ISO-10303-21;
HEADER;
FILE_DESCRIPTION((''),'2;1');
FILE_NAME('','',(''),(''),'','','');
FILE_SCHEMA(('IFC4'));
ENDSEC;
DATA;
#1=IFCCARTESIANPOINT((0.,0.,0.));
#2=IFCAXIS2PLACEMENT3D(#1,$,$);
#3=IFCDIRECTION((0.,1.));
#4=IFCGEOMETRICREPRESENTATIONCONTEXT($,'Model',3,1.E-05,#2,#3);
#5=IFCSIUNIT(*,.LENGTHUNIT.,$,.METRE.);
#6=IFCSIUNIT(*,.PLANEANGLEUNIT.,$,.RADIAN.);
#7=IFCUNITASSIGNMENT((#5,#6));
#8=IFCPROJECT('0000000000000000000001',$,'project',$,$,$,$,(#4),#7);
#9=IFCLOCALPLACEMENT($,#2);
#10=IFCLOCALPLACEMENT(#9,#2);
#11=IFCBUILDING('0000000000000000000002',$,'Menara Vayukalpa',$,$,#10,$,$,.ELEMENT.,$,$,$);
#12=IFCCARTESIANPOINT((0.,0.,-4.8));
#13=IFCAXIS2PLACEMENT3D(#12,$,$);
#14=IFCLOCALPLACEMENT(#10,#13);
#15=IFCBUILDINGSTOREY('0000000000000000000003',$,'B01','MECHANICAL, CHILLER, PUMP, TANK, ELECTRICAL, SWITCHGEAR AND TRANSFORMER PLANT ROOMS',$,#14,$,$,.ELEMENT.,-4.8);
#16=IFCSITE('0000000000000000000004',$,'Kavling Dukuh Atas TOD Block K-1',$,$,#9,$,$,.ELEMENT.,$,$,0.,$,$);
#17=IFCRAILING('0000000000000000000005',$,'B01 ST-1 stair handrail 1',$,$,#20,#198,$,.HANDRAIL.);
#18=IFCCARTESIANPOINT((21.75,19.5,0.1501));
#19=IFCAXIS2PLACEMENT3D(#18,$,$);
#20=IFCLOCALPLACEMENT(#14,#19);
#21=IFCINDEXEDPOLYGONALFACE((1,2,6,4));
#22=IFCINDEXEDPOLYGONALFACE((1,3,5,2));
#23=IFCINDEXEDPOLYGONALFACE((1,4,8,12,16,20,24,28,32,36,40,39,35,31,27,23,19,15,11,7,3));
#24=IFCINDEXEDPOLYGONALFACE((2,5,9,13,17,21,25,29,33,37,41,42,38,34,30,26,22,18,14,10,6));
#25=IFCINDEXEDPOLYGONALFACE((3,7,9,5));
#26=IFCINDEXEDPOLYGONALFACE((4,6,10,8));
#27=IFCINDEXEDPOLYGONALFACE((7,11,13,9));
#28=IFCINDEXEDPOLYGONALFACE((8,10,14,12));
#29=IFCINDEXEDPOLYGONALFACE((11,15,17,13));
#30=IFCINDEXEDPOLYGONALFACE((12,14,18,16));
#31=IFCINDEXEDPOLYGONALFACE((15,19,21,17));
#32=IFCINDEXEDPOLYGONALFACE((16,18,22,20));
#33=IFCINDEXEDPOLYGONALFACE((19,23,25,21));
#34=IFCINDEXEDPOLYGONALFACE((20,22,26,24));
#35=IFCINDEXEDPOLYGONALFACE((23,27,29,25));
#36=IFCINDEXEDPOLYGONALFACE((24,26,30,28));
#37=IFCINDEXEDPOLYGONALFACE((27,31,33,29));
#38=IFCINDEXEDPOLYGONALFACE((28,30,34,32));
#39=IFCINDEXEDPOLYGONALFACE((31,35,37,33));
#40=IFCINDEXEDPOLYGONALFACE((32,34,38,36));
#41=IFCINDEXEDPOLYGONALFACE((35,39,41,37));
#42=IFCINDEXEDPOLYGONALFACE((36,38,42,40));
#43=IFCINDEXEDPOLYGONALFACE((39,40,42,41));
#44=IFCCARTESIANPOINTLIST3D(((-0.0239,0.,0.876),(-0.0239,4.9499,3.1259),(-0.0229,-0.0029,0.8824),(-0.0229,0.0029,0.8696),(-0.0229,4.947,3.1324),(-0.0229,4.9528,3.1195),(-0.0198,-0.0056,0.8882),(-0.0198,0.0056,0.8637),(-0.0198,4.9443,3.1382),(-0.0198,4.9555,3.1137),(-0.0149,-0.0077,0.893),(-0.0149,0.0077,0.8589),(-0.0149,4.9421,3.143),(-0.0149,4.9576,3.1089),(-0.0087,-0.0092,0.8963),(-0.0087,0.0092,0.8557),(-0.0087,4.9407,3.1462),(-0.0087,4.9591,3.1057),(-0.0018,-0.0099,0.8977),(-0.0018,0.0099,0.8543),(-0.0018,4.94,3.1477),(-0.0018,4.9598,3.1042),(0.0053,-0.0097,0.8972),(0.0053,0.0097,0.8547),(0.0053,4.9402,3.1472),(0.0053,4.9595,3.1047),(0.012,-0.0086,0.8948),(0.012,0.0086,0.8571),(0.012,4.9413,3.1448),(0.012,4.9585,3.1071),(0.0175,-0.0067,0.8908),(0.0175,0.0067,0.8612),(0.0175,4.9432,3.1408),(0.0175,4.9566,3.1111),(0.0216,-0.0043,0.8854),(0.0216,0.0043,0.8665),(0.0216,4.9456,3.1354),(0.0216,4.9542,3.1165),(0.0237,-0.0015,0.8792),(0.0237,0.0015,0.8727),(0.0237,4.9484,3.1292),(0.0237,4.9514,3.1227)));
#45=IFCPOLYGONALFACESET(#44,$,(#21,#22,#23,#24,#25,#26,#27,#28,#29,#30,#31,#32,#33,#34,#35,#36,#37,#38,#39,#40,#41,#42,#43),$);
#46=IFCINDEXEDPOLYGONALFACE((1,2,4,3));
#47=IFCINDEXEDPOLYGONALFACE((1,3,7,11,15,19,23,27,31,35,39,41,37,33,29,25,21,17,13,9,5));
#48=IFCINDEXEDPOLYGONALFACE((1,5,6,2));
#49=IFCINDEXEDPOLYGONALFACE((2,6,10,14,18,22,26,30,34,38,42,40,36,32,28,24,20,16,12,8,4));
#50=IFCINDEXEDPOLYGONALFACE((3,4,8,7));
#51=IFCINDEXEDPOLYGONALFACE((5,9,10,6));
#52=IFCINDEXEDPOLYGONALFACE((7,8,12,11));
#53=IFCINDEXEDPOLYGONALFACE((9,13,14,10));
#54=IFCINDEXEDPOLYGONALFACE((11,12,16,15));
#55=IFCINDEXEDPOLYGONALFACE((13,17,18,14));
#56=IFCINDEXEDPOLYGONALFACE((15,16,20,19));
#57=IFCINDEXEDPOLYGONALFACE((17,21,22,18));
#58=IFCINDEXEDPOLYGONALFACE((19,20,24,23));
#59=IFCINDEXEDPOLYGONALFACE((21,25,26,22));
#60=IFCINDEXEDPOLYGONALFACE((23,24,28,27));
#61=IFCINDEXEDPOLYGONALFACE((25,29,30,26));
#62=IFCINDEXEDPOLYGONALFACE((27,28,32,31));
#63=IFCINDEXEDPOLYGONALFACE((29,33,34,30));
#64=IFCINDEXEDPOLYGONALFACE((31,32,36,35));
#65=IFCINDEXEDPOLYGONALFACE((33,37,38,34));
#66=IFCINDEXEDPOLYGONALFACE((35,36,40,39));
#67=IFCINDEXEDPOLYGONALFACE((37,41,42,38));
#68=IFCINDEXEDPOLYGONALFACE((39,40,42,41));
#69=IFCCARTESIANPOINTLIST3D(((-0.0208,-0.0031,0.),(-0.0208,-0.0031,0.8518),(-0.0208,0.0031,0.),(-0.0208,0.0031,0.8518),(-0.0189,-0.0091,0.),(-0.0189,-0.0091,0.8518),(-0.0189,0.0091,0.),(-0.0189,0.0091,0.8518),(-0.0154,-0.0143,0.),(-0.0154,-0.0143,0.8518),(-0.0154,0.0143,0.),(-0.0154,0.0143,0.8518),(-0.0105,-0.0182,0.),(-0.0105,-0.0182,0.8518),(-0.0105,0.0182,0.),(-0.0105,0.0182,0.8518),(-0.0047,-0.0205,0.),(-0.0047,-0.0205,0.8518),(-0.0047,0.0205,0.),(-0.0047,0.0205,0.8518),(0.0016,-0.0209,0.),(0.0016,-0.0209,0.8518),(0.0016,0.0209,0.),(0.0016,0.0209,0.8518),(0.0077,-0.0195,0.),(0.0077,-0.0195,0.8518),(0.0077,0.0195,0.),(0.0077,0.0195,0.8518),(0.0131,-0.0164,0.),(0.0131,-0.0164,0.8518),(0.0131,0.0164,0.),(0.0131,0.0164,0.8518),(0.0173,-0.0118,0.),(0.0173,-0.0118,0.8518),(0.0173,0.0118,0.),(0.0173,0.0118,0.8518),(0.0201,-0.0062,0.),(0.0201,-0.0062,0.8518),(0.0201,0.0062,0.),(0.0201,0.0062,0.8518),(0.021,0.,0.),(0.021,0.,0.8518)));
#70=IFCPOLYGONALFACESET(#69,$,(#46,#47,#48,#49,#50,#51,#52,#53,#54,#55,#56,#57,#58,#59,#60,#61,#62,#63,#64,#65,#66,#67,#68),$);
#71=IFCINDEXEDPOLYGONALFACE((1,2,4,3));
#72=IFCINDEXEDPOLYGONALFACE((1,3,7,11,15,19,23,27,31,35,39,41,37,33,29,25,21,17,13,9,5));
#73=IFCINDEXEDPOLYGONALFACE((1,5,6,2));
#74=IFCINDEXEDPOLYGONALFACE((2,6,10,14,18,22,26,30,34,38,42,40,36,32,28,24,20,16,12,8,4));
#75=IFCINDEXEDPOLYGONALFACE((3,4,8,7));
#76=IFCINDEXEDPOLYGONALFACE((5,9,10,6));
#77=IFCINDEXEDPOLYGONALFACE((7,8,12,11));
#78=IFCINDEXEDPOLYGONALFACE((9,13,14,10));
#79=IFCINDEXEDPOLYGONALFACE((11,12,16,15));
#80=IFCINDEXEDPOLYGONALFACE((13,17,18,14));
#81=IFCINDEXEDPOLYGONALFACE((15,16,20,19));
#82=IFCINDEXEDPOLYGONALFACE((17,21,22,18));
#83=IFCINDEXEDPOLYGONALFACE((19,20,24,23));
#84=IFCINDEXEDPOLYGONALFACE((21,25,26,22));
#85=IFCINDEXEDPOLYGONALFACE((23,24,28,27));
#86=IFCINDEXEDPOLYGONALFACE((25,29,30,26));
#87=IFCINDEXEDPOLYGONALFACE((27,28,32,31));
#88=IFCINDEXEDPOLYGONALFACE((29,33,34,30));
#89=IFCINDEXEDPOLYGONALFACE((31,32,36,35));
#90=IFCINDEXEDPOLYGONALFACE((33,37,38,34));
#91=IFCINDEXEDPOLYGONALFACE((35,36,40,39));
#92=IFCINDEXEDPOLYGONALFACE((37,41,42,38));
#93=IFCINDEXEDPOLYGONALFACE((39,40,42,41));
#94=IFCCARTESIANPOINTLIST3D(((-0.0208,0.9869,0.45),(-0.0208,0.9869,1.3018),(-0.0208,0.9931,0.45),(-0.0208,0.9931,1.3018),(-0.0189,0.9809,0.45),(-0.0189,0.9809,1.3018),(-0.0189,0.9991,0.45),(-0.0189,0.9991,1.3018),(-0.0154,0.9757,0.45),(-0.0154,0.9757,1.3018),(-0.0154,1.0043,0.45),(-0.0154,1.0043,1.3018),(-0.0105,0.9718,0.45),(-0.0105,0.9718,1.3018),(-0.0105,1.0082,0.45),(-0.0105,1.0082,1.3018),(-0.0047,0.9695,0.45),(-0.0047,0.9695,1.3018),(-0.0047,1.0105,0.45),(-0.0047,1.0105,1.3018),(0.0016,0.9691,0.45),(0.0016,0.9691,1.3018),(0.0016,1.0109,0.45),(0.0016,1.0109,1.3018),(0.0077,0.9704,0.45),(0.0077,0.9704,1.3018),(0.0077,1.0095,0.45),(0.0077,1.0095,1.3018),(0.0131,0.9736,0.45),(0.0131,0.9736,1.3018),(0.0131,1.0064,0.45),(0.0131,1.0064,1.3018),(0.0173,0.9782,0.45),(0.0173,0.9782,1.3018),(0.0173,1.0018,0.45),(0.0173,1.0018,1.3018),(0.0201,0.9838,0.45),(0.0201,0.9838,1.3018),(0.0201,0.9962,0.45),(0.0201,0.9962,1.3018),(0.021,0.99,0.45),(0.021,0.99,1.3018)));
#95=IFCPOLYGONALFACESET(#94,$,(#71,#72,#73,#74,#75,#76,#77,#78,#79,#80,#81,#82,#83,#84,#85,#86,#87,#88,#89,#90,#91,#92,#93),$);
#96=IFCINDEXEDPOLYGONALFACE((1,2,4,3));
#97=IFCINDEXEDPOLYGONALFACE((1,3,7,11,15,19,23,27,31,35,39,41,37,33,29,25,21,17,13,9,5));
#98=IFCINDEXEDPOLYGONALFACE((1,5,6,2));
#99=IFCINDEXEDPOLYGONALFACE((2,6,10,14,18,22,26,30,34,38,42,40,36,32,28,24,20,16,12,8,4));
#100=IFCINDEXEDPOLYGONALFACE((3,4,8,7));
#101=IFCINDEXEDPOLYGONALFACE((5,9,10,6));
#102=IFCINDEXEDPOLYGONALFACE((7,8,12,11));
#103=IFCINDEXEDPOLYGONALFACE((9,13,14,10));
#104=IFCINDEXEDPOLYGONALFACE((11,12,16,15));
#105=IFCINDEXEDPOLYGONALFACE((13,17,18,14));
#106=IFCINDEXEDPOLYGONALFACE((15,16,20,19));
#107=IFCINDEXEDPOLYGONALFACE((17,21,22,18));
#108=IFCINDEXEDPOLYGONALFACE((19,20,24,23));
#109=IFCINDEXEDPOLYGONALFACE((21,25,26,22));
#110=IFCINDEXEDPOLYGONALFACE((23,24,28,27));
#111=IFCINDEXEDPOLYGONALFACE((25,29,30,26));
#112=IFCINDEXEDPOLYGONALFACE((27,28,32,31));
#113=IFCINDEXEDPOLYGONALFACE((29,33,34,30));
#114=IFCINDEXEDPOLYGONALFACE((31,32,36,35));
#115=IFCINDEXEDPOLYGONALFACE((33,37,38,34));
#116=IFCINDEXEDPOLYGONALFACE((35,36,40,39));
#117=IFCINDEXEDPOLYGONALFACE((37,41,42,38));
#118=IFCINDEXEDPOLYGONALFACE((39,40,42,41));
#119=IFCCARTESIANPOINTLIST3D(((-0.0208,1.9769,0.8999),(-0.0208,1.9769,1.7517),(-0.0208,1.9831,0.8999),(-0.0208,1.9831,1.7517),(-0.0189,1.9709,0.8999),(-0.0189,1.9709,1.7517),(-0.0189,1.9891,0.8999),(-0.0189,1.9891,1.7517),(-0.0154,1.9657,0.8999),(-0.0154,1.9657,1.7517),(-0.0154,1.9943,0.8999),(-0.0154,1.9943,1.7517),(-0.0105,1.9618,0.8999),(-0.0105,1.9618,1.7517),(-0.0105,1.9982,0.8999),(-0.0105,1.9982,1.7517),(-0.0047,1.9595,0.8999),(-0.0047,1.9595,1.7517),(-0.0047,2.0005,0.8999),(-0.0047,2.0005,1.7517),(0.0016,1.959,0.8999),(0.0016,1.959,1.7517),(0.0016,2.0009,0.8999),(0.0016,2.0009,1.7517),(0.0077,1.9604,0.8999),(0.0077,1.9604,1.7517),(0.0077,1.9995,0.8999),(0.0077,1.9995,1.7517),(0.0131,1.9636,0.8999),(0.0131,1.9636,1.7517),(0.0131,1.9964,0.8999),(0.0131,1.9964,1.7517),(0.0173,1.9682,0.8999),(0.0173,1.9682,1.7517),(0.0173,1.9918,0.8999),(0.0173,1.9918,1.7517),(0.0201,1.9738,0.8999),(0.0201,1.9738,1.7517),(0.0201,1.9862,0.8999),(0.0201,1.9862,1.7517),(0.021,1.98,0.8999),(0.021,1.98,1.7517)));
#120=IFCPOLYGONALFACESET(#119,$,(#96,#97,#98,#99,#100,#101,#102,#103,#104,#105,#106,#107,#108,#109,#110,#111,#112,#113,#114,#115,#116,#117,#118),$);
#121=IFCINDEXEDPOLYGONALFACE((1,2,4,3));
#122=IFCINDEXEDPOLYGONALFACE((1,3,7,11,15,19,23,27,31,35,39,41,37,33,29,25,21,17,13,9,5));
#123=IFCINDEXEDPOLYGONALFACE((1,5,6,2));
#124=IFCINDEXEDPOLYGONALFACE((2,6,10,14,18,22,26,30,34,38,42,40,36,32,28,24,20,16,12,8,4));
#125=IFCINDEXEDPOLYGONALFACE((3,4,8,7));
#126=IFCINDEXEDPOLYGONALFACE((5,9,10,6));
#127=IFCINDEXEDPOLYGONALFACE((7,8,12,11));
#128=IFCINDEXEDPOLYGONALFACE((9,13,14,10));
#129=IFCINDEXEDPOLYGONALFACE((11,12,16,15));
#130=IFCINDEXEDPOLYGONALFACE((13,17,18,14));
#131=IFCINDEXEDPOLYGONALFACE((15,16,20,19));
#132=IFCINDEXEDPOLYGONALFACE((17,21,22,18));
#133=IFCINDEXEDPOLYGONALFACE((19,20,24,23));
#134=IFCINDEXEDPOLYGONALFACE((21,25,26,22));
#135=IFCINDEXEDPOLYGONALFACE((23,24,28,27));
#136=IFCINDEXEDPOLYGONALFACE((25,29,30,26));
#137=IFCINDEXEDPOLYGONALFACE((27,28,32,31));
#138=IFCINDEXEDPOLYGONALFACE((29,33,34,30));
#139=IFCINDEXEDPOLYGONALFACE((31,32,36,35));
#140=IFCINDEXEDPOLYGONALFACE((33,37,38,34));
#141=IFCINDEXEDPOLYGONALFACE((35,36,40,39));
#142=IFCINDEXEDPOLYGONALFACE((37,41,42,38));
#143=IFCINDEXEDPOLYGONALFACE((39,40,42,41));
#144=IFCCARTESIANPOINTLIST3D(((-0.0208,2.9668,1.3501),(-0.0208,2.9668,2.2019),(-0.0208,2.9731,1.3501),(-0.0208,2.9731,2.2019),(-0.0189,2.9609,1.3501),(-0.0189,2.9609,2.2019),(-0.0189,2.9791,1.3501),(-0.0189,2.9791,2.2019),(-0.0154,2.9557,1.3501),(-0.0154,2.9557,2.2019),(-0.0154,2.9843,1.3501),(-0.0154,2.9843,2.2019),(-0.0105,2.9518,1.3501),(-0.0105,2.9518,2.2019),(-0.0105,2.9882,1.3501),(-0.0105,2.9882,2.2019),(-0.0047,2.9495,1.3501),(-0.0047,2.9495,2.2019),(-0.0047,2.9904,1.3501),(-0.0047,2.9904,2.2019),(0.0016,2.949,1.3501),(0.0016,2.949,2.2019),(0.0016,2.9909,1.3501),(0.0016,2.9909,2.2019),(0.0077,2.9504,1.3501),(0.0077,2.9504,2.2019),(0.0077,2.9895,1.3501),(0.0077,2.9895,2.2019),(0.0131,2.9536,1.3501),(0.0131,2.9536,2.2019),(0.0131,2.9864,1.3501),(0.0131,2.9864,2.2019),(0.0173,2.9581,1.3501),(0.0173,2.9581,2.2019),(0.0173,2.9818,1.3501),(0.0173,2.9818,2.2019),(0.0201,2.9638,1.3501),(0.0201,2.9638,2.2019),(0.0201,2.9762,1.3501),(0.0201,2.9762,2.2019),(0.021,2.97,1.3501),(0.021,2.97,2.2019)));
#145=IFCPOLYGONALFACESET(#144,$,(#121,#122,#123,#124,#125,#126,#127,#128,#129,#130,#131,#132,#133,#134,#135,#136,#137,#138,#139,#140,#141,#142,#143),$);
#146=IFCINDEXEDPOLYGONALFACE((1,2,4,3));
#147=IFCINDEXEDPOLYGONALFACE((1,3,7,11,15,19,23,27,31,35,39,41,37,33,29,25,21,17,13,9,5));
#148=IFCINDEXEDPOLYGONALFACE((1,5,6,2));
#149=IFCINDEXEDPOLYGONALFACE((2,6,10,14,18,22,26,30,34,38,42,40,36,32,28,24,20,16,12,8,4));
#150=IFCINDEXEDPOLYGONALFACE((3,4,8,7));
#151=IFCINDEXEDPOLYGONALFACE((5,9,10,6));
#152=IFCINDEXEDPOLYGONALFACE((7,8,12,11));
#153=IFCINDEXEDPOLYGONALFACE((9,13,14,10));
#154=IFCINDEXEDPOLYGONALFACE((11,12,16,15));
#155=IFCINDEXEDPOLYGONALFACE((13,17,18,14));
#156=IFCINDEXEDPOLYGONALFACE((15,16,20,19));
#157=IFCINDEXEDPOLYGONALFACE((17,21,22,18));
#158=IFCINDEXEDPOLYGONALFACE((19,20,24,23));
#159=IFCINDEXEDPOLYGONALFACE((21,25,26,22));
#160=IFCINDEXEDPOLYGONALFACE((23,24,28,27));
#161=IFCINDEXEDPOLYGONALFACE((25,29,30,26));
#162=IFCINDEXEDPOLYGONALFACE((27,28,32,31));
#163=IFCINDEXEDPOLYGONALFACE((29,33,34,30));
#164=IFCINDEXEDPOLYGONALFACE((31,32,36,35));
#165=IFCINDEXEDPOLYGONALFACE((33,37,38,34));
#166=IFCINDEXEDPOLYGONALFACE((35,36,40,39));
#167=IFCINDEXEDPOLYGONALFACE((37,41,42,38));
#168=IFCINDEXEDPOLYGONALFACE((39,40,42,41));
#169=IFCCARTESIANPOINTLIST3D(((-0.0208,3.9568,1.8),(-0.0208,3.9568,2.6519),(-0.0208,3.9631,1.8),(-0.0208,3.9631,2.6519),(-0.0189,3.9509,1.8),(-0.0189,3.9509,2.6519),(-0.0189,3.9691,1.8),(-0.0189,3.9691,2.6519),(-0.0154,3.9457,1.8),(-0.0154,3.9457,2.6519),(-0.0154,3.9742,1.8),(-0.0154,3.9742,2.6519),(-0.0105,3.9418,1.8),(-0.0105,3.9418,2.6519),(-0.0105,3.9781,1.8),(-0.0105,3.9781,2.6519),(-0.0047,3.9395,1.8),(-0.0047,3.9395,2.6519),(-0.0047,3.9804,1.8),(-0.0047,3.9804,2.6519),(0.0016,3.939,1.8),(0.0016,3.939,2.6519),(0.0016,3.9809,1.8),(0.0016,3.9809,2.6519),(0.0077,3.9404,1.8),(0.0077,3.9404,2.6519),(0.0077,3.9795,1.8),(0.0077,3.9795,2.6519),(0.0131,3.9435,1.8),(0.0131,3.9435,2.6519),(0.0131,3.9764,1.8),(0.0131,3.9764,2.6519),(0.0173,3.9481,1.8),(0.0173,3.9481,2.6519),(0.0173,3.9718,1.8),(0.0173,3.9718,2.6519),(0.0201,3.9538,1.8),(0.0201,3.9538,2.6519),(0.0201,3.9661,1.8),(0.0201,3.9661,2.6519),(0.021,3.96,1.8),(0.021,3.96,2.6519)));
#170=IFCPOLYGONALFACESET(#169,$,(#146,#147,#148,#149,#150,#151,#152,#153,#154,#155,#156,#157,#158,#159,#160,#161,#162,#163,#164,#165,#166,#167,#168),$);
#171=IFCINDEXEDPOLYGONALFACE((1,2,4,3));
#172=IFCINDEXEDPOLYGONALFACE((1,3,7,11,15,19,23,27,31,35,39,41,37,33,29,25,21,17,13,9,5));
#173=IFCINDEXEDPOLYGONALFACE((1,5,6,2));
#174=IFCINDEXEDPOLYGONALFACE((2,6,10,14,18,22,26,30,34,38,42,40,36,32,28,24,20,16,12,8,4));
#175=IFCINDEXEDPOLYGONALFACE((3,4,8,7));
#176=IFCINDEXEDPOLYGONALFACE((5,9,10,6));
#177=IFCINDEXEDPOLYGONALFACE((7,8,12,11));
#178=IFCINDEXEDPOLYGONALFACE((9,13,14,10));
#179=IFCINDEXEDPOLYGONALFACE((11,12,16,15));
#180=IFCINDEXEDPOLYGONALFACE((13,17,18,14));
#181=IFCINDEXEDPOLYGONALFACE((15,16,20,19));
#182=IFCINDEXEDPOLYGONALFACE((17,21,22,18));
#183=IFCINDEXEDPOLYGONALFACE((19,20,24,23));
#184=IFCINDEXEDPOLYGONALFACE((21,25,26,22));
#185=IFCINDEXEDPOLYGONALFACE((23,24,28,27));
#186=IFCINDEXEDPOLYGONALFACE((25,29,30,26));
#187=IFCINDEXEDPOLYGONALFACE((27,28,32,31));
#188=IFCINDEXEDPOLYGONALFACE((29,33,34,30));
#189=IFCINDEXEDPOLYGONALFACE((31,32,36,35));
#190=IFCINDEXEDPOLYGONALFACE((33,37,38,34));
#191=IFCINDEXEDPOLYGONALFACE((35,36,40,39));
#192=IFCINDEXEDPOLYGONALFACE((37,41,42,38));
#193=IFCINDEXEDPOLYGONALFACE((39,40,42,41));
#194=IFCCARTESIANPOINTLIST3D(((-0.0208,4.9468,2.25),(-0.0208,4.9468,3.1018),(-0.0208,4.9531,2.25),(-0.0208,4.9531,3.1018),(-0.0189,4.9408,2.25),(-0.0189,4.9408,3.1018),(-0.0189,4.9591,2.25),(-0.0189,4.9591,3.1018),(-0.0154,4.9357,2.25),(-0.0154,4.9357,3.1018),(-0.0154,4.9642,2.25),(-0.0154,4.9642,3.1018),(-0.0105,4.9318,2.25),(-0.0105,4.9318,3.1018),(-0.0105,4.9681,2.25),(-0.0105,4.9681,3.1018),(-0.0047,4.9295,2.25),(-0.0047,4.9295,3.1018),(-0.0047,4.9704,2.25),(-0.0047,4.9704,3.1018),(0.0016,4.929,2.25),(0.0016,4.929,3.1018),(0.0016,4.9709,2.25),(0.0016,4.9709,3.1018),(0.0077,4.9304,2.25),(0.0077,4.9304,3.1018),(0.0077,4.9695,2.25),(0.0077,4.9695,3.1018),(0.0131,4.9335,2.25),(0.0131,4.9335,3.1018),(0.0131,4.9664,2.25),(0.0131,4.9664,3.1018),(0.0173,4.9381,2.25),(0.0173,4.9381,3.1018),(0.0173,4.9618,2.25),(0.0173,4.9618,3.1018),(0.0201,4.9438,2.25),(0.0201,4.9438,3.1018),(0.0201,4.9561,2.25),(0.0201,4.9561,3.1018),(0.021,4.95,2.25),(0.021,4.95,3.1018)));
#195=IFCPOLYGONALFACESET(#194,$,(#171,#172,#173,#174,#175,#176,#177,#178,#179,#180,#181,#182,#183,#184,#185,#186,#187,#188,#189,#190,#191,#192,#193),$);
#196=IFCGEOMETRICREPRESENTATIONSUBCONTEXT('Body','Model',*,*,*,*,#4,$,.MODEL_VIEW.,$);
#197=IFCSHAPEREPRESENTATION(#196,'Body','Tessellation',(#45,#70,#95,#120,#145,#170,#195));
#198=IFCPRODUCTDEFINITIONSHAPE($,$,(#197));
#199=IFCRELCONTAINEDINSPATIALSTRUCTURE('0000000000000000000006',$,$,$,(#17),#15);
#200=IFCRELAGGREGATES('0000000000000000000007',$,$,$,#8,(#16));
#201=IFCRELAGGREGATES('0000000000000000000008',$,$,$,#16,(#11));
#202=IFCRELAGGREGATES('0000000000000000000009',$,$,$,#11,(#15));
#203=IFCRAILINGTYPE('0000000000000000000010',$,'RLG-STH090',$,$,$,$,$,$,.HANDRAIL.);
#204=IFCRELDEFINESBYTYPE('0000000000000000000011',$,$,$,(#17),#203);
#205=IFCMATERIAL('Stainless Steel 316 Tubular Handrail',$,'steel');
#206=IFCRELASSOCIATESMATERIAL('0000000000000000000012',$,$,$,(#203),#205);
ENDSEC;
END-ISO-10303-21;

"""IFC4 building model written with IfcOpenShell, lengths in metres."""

from ifc_helpers import new_model, si_unit, direction, frame, origin, origin_2d, place, context, subcontext, project, spatial, circle, extrude, material, type_object, element, save


model = new_model("IFC4")

# Units and contexts
model_context = context("Model", 3, precision=1e-05, world=origin(), true_north=direction((0.0, 1.0)))
body_context = subcontext(model_context, "Body", "Model", "MODEL_VIEW")
ifc_project = project(units=[si_unit("LENGTHUNIT", "METRE"), si_unit("PLANEANGLEUNIT", "RADIAN")], contexts=[model_context])

# Site, building, storey
site_placement = place(None, origin())
site = spatial("IfcSite", under=ifc_project, at=site_placement, Name="Kavling Dukuh Atas TOD Block K-1", CompositionType="ELEMENT", RefElevation=0.0)
building_placement = place(site_placement, origin())
building = spatial("IfcBuilding", under=site, at=building_placement, Name="Menara Vayukalpa", CompositionType="ELEMENT")
storey_placement = place(building_placement, frame((0.0, 0.0, -4.8)))
storey = spatial("IfcBuildingStorey", under=building, at=storey_placement, Name="B01", Description="MECHANICAL, CHILLER, PUMP, TANK, ELECTRICAL, SWITCHGEAR AND TRANSFORMER PLANT ROOMS", CompositionType="ELEMENT", Elevation=-4.8)

# Railing
ifc_material_1 = material(Name="Stainless Steel 316 Tubular Handrail", Category="steel")
railing_type_1 = type_object("IfcRailingType", Name="RLG-STH090", PredefinedType="HANDRAIL", material=ifc_material_1)
railing_1_placement = place(storey_placement, frame((21.75, 19.5, 0.1501)))
element("IfcRailing", 1, at=railing_1_placement, inside=storey, type_object=railing_type_1, Name="B01 ST-1 stair handrail 1", PredefinedType="HANDRAIL", context=body_context, shape_type="SweptSolid", body=[
    extrude(circle(Radius=0.0239, at=origin_2d()), frame((0.0, 0.0, 0.876), z_axis=(0.0, 0.910365, 0.413806), x_axis=(-1.0, 0.0, 0.0)), (0.0, 0.0, 1.0), 5.4373),
    extrude(circle(Radius=0.021, at=origin_2d()), origin(), (0.0, 0.0, 1.0), 0.8518),
    extrude(circle(Radius=0.021, at=origin_2d()), frame((0.0, 0.99, 0.45)), (0.0, 0.0, 1.0), 0.8518),
    extrude(circle(Radius=0.021, at=origin_2d()), frame((0.0, 1.98, 0.8999)), (0.0, 0.0, 1.0), 0.8518),
    extrude(circle(Radius=0.021, at=origin_2d()), frame((0.0, 2.97, 1.3501)), (0.0, 0.0, 1.0), 0.8518),
    extrude(circle(Radius=0.021, at=origin_2d()), frame((0.0, 3.96, 1.8)), (0.0, 0.0, 1.0), 0.8518),
    extrude(circle(Radius=0.021, at=origin_2d()), frame((0.0, 4.95, 2.25)), (0.0, 0.0, 1.0), 0.8518),
])

save(model, "model.ifc")
